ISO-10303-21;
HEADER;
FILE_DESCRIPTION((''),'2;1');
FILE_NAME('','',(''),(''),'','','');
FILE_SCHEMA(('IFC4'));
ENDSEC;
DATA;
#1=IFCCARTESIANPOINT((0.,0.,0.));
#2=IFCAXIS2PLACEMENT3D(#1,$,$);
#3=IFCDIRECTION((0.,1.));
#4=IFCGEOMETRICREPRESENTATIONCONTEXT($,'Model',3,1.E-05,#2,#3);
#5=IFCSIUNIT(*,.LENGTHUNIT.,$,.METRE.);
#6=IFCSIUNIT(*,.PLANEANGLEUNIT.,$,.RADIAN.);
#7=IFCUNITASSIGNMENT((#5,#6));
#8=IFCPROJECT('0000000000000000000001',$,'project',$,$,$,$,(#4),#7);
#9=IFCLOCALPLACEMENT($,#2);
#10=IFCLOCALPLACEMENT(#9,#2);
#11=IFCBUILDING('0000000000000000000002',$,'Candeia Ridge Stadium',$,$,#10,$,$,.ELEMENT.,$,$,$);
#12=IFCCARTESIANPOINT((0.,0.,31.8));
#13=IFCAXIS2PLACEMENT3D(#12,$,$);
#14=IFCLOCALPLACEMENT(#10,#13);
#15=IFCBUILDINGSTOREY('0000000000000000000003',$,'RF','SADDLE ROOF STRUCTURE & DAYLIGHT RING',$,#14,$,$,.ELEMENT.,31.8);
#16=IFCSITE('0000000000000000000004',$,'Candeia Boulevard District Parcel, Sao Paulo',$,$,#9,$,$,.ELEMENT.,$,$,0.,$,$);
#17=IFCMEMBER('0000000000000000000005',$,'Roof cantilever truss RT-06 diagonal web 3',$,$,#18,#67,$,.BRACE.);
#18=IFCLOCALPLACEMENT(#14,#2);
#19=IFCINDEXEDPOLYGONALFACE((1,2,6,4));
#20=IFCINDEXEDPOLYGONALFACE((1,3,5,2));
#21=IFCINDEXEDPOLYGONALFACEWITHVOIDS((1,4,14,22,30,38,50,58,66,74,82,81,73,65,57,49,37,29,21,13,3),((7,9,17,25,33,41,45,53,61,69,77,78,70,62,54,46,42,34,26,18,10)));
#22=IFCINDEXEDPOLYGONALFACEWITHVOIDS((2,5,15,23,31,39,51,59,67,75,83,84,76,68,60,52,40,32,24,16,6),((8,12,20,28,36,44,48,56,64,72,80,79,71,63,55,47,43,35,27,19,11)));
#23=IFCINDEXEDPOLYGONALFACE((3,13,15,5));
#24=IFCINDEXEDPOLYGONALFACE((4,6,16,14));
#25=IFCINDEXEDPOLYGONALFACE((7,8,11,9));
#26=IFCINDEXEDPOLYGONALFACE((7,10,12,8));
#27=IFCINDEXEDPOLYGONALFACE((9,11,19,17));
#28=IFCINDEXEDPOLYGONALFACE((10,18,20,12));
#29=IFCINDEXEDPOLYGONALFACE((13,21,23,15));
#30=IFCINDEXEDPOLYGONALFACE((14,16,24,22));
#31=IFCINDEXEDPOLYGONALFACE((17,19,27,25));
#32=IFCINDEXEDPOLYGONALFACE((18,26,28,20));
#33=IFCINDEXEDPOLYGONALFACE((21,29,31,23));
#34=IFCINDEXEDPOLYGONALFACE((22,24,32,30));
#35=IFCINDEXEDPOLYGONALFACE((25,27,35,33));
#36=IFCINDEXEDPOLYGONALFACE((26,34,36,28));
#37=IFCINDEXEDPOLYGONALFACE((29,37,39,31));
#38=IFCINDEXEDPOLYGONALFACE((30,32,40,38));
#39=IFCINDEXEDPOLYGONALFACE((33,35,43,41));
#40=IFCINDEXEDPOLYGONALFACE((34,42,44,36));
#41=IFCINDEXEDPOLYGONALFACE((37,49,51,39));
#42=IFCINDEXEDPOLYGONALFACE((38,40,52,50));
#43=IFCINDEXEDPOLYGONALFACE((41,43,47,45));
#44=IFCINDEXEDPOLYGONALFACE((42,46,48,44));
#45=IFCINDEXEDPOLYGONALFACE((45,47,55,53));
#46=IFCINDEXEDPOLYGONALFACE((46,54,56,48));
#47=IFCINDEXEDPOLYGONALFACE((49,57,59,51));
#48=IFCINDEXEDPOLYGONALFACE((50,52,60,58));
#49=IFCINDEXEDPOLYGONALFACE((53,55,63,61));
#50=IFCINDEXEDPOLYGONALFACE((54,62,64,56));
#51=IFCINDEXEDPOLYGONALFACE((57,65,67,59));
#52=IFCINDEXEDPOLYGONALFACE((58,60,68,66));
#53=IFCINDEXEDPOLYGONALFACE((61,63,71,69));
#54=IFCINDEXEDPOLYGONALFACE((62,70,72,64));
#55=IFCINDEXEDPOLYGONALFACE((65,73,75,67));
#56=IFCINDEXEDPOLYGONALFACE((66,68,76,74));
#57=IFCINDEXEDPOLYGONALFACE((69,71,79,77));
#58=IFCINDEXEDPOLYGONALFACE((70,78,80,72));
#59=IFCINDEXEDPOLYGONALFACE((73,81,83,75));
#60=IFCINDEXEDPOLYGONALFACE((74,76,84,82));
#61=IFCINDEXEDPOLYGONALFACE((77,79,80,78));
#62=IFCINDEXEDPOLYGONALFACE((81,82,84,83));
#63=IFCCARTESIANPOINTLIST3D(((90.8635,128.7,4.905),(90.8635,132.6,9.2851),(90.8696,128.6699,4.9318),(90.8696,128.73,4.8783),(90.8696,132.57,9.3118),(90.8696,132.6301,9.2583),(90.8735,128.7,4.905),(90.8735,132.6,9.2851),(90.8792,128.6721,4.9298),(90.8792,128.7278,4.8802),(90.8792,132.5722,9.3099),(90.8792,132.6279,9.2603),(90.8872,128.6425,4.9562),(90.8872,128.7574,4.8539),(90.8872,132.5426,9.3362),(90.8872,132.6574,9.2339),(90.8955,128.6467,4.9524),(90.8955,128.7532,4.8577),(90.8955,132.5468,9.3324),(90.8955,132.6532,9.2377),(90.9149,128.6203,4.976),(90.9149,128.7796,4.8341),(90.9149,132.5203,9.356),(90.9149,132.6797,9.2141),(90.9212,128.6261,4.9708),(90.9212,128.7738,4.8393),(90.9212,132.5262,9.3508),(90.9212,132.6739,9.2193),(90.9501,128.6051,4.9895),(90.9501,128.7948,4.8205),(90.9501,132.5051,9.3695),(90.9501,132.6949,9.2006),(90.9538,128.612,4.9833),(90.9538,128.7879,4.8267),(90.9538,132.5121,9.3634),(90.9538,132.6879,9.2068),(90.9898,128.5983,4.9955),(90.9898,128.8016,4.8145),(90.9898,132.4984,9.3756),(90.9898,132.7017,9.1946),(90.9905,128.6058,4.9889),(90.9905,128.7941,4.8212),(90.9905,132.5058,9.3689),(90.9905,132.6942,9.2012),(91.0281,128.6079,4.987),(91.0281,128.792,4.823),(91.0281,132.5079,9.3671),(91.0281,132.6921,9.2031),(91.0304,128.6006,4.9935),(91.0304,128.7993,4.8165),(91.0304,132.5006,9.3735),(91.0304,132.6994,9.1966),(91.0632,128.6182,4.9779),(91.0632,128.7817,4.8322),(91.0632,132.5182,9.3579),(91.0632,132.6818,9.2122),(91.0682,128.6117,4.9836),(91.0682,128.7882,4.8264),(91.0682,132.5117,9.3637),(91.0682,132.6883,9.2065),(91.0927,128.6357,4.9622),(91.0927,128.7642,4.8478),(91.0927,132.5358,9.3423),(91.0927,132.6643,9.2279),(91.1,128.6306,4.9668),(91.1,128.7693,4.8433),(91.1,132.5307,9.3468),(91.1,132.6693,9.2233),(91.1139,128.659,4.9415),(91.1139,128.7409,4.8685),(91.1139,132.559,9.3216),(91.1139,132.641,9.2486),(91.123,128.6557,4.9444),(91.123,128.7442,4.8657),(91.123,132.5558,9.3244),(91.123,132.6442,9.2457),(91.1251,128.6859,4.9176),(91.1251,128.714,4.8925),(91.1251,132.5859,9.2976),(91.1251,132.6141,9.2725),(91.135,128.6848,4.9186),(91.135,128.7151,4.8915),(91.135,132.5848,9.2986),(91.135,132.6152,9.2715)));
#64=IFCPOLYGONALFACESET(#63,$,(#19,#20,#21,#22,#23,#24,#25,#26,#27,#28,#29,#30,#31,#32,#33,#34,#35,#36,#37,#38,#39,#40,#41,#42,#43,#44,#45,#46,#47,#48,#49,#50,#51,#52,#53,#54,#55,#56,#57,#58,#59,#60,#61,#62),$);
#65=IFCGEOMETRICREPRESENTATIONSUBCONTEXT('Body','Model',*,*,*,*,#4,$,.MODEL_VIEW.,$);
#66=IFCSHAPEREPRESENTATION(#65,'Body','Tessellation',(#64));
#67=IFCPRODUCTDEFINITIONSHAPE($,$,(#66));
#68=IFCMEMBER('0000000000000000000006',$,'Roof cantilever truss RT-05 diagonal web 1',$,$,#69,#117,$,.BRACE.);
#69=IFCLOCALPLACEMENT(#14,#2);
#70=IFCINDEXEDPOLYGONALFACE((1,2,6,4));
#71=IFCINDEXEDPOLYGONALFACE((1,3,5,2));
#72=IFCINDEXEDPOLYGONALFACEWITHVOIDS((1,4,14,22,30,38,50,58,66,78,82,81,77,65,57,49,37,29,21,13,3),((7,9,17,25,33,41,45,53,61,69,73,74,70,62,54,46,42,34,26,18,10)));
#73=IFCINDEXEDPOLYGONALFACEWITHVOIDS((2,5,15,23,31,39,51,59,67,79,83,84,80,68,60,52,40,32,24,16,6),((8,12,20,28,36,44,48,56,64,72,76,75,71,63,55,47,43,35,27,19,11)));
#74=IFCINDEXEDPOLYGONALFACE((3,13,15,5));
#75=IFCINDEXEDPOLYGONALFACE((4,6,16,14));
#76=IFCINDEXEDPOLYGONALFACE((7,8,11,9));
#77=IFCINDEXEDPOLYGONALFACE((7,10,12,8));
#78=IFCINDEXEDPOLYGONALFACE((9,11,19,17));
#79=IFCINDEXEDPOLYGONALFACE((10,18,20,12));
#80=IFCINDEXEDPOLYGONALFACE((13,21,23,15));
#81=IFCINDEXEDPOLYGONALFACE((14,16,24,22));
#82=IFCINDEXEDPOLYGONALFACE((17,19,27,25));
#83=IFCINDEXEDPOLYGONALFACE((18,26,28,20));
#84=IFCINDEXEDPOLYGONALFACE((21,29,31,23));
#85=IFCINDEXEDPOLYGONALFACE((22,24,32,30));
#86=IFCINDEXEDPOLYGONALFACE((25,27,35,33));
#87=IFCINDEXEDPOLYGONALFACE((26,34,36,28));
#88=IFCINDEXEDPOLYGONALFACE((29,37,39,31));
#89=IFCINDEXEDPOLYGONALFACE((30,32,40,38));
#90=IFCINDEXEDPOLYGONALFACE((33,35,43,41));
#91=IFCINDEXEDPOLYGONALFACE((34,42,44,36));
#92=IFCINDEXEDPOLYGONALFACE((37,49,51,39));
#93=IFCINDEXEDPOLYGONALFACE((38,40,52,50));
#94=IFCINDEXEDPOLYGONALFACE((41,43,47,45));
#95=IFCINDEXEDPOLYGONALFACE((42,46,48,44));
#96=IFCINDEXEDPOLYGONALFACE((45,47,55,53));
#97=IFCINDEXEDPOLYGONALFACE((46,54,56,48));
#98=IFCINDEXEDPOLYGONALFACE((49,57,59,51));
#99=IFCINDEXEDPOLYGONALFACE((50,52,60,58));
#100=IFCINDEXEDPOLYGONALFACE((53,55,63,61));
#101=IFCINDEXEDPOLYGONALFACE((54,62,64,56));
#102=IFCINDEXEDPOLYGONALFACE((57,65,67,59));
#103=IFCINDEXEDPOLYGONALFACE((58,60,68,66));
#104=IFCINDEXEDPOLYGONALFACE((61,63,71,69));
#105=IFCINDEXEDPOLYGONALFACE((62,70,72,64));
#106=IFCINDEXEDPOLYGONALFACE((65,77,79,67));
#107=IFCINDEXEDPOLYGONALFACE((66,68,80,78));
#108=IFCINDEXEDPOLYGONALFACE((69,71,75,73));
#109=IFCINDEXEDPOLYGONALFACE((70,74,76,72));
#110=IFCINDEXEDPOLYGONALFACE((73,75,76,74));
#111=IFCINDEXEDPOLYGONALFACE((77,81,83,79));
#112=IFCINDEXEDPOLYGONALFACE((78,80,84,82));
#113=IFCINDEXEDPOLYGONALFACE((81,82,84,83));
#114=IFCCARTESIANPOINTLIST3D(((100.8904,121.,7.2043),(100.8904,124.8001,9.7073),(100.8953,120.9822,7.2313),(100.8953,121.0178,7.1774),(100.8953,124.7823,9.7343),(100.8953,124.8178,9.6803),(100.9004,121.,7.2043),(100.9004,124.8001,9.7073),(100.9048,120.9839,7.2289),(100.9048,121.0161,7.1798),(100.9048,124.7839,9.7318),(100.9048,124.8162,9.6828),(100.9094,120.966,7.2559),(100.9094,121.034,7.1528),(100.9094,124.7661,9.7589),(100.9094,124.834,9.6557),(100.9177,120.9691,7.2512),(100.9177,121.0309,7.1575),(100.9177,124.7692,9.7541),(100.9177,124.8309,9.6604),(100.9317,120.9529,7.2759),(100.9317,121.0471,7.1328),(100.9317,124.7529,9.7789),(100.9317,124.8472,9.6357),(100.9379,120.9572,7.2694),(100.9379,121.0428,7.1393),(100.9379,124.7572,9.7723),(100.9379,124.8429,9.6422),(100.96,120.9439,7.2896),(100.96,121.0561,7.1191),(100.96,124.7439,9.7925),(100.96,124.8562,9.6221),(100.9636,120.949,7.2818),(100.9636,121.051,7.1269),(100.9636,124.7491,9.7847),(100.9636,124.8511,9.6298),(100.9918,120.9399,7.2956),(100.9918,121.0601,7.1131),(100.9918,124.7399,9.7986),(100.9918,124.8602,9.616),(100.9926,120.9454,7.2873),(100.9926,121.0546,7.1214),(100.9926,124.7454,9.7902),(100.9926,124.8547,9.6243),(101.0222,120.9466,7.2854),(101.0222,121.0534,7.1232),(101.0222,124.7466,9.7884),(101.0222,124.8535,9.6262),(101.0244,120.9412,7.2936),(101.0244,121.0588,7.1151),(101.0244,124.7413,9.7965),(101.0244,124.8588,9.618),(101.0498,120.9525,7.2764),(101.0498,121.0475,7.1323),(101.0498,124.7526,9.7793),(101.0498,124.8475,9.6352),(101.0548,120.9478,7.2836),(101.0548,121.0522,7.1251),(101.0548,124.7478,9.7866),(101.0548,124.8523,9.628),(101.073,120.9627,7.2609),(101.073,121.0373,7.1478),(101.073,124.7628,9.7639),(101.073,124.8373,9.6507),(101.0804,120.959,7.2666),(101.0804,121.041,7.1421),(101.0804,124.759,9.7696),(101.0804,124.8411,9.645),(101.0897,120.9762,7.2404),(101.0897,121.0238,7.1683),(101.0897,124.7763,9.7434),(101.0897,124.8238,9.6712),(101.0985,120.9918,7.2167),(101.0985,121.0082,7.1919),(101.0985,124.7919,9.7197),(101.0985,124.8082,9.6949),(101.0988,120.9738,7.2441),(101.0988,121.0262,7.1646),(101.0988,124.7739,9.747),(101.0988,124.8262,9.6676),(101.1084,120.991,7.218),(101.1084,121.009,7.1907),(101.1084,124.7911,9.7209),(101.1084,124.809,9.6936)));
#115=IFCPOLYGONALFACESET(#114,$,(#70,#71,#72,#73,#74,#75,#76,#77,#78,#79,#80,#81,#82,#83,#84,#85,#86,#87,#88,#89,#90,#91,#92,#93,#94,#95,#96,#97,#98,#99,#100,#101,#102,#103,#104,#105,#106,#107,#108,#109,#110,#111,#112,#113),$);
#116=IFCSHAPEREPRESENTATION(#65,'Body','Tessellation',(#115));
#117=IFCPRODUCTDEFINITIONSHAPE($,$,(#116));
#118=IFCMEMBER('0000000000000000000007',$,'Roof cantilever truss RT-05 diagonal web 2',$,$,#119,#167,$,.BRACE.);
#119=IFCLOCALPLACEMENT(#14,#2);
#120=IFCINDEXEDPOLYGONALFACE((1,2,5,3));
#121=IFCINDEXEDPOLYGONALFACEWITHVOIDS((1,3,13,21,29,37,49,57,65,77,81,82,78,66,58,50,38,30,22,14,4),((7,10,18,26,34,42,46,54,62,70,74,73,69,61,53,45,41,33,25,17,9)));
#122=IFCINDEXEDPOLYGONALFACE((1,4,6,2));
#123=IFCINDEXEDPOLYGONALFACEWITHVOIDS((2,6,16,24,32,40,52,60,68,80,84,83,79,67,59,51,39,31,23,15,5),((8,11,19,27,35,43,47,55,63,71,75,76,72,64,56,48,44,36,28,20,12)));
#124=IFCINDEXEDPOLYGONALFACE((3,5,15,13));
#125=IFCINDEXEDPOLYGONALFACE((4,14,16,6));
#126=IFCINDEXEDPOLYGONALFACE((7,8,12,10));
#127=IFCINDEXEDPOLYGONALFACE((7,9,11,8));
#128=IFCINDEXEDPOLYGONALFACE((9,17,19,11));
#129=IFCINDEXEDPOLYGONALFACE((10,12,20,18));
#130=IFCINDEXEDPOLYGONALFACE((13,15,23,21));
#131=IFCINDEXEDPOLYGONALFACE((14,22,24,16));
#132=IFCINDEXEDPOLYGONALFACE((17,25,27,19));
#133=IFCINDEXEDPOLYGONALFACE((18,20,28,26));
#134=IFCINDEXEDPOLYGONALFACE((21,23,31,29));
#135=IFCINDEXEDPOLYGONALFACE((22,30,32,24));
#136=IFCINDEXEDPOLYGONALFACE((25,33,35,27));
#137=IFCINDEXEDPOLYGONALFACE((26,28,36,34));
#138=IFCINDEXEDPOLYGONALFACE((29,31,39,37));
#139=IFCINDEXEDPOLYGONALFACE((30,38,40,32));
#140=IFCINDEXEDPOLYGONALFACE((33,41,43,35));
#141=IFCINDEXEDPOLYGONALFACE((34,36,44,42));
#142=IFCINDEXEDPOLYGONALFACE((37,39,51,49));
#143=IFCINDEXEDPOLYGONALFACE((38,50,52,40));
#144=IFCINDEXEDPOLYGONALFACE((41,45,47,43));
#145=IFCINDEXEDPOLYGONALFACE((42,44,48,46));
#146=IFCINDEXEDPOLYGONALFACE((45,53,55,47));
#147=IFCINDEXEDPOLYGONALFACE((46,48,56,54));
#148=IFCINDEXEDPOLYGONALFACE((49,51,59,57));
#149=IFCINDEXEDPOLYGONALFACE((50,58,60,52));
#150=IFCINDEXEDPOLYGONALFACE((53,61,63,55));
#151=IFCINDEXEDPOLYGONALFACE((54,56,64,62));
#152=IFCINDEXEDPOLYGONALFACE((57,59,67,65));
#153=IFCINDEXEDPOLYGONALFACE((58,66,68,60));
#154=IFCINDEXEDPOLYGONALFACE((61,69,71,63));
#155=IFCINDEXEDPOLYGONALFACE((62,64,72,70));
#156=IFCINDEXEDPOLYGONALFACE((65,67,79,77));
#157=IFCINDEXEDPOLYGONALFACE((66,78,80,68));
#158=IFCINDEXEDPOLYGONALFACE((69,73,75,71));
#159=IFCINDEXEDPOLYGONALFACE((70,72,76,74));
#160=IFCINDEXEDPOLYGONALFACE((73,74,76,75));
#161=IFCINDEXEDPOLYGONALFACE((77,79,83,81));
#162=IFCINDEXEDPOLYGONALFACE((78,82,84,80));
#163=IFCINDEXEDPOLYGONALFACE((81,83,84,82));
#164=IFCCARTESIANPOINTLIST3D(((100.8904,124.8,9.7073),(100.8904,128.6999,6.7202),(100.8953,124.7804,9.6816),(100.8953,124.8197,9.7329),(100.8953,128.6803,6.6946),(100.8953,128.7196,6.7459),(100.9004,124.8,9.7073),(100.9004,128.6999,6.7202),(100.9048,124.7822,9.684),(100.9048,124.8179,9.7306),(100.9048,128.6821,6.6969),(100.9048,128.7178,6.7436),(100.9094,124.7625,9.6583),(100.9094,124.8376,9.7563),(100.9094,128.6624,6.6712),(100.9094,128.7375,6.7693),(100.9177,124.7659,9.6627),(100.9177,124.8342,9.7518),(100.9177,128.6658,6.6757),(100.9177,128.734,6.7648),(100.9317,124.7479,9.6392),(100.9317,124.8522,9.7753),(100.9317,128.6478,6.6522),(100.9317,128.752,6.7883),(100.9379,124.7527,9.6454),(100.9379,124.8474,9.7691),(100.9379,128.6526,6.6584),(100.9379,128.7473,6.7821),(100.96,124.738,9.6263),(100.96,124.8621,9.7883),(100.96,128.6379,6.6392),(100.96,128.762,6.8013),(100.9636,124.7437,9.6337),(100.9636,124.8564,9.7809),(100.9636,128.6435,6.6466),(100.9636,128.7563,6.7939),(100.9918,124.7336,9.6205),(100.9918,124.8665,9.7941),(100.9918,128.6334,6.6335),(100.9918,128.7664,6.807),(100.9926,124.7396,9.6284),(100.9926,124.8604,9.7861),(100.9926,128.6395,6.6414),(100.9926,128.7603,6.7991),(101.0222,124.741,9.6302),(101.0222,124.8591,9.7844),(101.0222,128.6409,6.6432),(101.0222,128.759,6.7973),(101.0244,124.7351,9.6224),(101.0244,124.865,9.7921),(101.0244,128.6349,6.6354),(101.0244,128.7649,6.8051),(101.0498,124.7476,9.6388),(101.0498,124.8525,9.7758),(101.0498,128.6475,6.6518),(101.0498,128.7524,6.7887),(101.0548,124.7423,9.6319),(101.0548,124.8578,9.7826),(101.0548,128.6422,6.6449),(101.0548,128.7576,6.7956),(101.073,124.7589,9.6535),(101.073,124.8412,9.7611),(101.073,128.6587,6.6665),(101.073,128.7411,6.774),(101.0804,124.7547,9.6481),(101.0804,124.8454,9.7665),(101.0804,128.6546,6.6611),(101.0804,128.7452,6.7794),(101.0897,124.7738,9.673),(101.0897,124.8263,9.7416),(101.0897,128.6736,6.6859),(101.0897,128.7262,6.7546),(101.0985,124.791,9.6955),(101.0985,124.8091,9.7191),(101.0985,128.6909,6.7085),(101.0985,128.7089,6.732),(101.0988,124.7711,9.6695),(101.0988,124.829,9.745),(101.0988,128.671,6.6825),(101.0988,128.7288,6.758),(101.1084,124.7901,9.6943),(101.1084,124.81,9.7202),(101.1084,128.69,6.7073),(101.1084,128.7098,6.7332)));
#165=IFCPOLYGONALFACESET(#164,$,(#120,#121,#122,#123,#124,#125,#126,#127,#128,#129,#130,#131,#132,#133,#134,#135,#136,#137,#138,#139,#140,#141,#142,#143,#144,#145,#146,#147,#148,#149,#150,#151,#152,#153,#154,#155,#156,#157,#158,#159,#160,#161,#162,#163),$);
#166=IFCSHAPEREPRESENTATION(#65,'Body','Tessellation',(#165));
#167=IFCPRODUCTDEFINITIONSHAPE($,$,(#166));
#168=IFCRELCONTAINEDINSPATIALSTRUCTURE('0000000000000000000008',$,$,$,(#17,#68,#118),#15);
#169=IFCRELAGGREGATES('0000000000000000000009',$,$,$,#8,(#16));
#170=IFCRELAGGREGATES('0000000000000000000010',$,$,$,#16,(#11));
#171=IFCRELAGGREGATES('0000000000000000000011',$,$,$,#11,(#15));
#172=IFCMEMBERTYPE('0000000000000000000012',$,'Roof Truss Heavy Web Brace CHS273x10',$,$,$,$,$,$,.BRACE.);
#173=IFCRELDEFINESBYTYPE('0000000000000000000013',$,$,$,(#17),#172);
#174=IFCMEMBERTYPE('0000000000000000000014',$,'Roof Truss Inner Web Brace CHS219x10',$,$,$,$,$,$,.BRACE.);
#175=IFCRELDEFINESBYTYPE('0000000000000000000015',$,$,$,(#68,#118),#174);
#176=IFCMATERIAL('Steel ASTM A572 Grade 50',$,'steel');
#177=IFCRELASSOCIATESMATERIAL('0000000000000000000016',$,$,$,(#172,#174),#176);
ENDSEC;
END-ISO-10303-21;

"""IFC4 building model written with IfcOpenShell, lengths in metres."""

from ifc_helpers import new_model, si_unit, direction, frame, origin, origin_2d, place, context, subcontext, project, spatial, hollow_circle, extrude, material, material_profile, profile_set, type_object, element, save


model = new_model("IFC4")

# Units and contexts
model_context = context("Model", 3, precision=1e-05, world=origin(), true_north=direction((0.0, 1.0)))
body_context = subcontext(model_context, "Body", "Model", "MODEL_VIEW")
ifc_project = project(units=[si_unit("LENGTHUNIT", "METRE"), si_unit("PLANEANGLEUNIT", "RADIAN")], contexts=[model_context])

# Site, building, storey
site_placement = place(None, origin())
site = spatial("IfcSite", under=ifc_project, at=site_placement, Name="Candeia Boulevard District Parcel, Sao Paulo", CompositionType="ELEMENT", RefElevation=0.0)
building_placement = place(site_placement, origin())
building = spatial("IfcBuilding", under=site, at=building_placement, Name="Candeia Ridge Stadium", CompositionType="ELEMENT")
storey_placement = place(building_placement, frame((0.0, 0.0, 31.8)))
storey = spatial("IfcBuildingStorey", under=building, at=storey_placement, Name="RF", Description="SADDLE ROOF STRUCTURE & DAYLIGHT RING", CompositionType="ELEMENT", Elevation=31.8)

# Shared definitions
ifc_material_1 = material(Name="Steel ASTM A572 Grade 50", Category="steel")

# Members
ifc_material_profile_1 = material_profile(ifc_material_1, hollow_circle(Radius=0.1365, WallThickness=0.01, at=origin_2d()), Name="CHS273x10", Category="steel")
ifc_profile_set_1 = profile_set([ifc_material_profile_1], Name="Steel ASTM A572 Grade 50")
member_type_1 = type_object("IfcMemberType", Name="Roof Truss Heavy Web Brace CHS273x10", PredefinedType="BRACE", material=ifc_profile_set_1)
member_1_placement = place(storey_placement, frame((91.0, 128.7, 4.905), z_axis=(0.0, 0.665002, 0.746842), x_axis=(-1.0, 0.0, 0.0)))
element("IfcMember", 1, at=member_1_placement, inside=storey, type_object=member_type_1, Name="Roof cantilever truss RT-06 diagonal web 3", PredefinedType="BRACE", context=body_context, shape_type="SweptSolid", body=[
    extrude(hollow_circle(Radius=0.1365, WallThickness=0.01, at=origin_2d()), origin(), (0.0, 0.0, 1.0), 5.8647),
])
ifc_material_profile_2 = material_profile(ifc_material_1, hollow_circle(Radius=0.1096, WallThickness=0.01, at=origin_2d()), Name="CHS219x10", Category="steel")
ifc_profile_set_2 = profile_set([ifc_material_profile_2], Name="Steel ASTM A572 Grade 50")
member_type_2 = type_object("IfcMemberType", Name="Roof Truss Inner Web Brace CHS219x10", PredefinedType="BRACE", material=ifc_profile_set_2)
member_2_placement = place(storey_placement, frame((101.0, 121.0, 7.2043), z_axis=(0.0, 0.835125, 0.550061), x_axis=(-1.0, 0.0, 0.0)))
element("IfcMember", 2, at=member_2_placement, inside=storey, type_object=member_type_2, Name="Roof cantilever truss RT-05 diagonal web 1", PredefinedType="BRACE", context=body_context, shape_type="SweptSolid", body=[
    extrude(hollow_circle(Radius=0.1096, WallThickness=0.01, at=origin_2d()), origin(), (0.0, 0.0, 1.0), 4.5503),
])
member_3_placement = place(storey_placement, frame((101.0, 124.8, 9.7073), z_axis=(0.0, 0.793888, -0.608064), x_axis=(-1.0, 0.0, 0.0)))
element("IfcMember", 3, at=member_3_placement, inside=storey, type_object=member_type_2, Name="Roof cantilever truss RT-05 diagonal web 2", PredefinedType="BRACE", context=body_context, shape_type="SweptSolid", body=[
    extrude(hollow_circle(Radius=0.1096, WallThickness=0.01, at=origin_2d()), origin(), (0.0, 0.0, 1.0), 4.9124),
])

save(model, "model.ifc")
